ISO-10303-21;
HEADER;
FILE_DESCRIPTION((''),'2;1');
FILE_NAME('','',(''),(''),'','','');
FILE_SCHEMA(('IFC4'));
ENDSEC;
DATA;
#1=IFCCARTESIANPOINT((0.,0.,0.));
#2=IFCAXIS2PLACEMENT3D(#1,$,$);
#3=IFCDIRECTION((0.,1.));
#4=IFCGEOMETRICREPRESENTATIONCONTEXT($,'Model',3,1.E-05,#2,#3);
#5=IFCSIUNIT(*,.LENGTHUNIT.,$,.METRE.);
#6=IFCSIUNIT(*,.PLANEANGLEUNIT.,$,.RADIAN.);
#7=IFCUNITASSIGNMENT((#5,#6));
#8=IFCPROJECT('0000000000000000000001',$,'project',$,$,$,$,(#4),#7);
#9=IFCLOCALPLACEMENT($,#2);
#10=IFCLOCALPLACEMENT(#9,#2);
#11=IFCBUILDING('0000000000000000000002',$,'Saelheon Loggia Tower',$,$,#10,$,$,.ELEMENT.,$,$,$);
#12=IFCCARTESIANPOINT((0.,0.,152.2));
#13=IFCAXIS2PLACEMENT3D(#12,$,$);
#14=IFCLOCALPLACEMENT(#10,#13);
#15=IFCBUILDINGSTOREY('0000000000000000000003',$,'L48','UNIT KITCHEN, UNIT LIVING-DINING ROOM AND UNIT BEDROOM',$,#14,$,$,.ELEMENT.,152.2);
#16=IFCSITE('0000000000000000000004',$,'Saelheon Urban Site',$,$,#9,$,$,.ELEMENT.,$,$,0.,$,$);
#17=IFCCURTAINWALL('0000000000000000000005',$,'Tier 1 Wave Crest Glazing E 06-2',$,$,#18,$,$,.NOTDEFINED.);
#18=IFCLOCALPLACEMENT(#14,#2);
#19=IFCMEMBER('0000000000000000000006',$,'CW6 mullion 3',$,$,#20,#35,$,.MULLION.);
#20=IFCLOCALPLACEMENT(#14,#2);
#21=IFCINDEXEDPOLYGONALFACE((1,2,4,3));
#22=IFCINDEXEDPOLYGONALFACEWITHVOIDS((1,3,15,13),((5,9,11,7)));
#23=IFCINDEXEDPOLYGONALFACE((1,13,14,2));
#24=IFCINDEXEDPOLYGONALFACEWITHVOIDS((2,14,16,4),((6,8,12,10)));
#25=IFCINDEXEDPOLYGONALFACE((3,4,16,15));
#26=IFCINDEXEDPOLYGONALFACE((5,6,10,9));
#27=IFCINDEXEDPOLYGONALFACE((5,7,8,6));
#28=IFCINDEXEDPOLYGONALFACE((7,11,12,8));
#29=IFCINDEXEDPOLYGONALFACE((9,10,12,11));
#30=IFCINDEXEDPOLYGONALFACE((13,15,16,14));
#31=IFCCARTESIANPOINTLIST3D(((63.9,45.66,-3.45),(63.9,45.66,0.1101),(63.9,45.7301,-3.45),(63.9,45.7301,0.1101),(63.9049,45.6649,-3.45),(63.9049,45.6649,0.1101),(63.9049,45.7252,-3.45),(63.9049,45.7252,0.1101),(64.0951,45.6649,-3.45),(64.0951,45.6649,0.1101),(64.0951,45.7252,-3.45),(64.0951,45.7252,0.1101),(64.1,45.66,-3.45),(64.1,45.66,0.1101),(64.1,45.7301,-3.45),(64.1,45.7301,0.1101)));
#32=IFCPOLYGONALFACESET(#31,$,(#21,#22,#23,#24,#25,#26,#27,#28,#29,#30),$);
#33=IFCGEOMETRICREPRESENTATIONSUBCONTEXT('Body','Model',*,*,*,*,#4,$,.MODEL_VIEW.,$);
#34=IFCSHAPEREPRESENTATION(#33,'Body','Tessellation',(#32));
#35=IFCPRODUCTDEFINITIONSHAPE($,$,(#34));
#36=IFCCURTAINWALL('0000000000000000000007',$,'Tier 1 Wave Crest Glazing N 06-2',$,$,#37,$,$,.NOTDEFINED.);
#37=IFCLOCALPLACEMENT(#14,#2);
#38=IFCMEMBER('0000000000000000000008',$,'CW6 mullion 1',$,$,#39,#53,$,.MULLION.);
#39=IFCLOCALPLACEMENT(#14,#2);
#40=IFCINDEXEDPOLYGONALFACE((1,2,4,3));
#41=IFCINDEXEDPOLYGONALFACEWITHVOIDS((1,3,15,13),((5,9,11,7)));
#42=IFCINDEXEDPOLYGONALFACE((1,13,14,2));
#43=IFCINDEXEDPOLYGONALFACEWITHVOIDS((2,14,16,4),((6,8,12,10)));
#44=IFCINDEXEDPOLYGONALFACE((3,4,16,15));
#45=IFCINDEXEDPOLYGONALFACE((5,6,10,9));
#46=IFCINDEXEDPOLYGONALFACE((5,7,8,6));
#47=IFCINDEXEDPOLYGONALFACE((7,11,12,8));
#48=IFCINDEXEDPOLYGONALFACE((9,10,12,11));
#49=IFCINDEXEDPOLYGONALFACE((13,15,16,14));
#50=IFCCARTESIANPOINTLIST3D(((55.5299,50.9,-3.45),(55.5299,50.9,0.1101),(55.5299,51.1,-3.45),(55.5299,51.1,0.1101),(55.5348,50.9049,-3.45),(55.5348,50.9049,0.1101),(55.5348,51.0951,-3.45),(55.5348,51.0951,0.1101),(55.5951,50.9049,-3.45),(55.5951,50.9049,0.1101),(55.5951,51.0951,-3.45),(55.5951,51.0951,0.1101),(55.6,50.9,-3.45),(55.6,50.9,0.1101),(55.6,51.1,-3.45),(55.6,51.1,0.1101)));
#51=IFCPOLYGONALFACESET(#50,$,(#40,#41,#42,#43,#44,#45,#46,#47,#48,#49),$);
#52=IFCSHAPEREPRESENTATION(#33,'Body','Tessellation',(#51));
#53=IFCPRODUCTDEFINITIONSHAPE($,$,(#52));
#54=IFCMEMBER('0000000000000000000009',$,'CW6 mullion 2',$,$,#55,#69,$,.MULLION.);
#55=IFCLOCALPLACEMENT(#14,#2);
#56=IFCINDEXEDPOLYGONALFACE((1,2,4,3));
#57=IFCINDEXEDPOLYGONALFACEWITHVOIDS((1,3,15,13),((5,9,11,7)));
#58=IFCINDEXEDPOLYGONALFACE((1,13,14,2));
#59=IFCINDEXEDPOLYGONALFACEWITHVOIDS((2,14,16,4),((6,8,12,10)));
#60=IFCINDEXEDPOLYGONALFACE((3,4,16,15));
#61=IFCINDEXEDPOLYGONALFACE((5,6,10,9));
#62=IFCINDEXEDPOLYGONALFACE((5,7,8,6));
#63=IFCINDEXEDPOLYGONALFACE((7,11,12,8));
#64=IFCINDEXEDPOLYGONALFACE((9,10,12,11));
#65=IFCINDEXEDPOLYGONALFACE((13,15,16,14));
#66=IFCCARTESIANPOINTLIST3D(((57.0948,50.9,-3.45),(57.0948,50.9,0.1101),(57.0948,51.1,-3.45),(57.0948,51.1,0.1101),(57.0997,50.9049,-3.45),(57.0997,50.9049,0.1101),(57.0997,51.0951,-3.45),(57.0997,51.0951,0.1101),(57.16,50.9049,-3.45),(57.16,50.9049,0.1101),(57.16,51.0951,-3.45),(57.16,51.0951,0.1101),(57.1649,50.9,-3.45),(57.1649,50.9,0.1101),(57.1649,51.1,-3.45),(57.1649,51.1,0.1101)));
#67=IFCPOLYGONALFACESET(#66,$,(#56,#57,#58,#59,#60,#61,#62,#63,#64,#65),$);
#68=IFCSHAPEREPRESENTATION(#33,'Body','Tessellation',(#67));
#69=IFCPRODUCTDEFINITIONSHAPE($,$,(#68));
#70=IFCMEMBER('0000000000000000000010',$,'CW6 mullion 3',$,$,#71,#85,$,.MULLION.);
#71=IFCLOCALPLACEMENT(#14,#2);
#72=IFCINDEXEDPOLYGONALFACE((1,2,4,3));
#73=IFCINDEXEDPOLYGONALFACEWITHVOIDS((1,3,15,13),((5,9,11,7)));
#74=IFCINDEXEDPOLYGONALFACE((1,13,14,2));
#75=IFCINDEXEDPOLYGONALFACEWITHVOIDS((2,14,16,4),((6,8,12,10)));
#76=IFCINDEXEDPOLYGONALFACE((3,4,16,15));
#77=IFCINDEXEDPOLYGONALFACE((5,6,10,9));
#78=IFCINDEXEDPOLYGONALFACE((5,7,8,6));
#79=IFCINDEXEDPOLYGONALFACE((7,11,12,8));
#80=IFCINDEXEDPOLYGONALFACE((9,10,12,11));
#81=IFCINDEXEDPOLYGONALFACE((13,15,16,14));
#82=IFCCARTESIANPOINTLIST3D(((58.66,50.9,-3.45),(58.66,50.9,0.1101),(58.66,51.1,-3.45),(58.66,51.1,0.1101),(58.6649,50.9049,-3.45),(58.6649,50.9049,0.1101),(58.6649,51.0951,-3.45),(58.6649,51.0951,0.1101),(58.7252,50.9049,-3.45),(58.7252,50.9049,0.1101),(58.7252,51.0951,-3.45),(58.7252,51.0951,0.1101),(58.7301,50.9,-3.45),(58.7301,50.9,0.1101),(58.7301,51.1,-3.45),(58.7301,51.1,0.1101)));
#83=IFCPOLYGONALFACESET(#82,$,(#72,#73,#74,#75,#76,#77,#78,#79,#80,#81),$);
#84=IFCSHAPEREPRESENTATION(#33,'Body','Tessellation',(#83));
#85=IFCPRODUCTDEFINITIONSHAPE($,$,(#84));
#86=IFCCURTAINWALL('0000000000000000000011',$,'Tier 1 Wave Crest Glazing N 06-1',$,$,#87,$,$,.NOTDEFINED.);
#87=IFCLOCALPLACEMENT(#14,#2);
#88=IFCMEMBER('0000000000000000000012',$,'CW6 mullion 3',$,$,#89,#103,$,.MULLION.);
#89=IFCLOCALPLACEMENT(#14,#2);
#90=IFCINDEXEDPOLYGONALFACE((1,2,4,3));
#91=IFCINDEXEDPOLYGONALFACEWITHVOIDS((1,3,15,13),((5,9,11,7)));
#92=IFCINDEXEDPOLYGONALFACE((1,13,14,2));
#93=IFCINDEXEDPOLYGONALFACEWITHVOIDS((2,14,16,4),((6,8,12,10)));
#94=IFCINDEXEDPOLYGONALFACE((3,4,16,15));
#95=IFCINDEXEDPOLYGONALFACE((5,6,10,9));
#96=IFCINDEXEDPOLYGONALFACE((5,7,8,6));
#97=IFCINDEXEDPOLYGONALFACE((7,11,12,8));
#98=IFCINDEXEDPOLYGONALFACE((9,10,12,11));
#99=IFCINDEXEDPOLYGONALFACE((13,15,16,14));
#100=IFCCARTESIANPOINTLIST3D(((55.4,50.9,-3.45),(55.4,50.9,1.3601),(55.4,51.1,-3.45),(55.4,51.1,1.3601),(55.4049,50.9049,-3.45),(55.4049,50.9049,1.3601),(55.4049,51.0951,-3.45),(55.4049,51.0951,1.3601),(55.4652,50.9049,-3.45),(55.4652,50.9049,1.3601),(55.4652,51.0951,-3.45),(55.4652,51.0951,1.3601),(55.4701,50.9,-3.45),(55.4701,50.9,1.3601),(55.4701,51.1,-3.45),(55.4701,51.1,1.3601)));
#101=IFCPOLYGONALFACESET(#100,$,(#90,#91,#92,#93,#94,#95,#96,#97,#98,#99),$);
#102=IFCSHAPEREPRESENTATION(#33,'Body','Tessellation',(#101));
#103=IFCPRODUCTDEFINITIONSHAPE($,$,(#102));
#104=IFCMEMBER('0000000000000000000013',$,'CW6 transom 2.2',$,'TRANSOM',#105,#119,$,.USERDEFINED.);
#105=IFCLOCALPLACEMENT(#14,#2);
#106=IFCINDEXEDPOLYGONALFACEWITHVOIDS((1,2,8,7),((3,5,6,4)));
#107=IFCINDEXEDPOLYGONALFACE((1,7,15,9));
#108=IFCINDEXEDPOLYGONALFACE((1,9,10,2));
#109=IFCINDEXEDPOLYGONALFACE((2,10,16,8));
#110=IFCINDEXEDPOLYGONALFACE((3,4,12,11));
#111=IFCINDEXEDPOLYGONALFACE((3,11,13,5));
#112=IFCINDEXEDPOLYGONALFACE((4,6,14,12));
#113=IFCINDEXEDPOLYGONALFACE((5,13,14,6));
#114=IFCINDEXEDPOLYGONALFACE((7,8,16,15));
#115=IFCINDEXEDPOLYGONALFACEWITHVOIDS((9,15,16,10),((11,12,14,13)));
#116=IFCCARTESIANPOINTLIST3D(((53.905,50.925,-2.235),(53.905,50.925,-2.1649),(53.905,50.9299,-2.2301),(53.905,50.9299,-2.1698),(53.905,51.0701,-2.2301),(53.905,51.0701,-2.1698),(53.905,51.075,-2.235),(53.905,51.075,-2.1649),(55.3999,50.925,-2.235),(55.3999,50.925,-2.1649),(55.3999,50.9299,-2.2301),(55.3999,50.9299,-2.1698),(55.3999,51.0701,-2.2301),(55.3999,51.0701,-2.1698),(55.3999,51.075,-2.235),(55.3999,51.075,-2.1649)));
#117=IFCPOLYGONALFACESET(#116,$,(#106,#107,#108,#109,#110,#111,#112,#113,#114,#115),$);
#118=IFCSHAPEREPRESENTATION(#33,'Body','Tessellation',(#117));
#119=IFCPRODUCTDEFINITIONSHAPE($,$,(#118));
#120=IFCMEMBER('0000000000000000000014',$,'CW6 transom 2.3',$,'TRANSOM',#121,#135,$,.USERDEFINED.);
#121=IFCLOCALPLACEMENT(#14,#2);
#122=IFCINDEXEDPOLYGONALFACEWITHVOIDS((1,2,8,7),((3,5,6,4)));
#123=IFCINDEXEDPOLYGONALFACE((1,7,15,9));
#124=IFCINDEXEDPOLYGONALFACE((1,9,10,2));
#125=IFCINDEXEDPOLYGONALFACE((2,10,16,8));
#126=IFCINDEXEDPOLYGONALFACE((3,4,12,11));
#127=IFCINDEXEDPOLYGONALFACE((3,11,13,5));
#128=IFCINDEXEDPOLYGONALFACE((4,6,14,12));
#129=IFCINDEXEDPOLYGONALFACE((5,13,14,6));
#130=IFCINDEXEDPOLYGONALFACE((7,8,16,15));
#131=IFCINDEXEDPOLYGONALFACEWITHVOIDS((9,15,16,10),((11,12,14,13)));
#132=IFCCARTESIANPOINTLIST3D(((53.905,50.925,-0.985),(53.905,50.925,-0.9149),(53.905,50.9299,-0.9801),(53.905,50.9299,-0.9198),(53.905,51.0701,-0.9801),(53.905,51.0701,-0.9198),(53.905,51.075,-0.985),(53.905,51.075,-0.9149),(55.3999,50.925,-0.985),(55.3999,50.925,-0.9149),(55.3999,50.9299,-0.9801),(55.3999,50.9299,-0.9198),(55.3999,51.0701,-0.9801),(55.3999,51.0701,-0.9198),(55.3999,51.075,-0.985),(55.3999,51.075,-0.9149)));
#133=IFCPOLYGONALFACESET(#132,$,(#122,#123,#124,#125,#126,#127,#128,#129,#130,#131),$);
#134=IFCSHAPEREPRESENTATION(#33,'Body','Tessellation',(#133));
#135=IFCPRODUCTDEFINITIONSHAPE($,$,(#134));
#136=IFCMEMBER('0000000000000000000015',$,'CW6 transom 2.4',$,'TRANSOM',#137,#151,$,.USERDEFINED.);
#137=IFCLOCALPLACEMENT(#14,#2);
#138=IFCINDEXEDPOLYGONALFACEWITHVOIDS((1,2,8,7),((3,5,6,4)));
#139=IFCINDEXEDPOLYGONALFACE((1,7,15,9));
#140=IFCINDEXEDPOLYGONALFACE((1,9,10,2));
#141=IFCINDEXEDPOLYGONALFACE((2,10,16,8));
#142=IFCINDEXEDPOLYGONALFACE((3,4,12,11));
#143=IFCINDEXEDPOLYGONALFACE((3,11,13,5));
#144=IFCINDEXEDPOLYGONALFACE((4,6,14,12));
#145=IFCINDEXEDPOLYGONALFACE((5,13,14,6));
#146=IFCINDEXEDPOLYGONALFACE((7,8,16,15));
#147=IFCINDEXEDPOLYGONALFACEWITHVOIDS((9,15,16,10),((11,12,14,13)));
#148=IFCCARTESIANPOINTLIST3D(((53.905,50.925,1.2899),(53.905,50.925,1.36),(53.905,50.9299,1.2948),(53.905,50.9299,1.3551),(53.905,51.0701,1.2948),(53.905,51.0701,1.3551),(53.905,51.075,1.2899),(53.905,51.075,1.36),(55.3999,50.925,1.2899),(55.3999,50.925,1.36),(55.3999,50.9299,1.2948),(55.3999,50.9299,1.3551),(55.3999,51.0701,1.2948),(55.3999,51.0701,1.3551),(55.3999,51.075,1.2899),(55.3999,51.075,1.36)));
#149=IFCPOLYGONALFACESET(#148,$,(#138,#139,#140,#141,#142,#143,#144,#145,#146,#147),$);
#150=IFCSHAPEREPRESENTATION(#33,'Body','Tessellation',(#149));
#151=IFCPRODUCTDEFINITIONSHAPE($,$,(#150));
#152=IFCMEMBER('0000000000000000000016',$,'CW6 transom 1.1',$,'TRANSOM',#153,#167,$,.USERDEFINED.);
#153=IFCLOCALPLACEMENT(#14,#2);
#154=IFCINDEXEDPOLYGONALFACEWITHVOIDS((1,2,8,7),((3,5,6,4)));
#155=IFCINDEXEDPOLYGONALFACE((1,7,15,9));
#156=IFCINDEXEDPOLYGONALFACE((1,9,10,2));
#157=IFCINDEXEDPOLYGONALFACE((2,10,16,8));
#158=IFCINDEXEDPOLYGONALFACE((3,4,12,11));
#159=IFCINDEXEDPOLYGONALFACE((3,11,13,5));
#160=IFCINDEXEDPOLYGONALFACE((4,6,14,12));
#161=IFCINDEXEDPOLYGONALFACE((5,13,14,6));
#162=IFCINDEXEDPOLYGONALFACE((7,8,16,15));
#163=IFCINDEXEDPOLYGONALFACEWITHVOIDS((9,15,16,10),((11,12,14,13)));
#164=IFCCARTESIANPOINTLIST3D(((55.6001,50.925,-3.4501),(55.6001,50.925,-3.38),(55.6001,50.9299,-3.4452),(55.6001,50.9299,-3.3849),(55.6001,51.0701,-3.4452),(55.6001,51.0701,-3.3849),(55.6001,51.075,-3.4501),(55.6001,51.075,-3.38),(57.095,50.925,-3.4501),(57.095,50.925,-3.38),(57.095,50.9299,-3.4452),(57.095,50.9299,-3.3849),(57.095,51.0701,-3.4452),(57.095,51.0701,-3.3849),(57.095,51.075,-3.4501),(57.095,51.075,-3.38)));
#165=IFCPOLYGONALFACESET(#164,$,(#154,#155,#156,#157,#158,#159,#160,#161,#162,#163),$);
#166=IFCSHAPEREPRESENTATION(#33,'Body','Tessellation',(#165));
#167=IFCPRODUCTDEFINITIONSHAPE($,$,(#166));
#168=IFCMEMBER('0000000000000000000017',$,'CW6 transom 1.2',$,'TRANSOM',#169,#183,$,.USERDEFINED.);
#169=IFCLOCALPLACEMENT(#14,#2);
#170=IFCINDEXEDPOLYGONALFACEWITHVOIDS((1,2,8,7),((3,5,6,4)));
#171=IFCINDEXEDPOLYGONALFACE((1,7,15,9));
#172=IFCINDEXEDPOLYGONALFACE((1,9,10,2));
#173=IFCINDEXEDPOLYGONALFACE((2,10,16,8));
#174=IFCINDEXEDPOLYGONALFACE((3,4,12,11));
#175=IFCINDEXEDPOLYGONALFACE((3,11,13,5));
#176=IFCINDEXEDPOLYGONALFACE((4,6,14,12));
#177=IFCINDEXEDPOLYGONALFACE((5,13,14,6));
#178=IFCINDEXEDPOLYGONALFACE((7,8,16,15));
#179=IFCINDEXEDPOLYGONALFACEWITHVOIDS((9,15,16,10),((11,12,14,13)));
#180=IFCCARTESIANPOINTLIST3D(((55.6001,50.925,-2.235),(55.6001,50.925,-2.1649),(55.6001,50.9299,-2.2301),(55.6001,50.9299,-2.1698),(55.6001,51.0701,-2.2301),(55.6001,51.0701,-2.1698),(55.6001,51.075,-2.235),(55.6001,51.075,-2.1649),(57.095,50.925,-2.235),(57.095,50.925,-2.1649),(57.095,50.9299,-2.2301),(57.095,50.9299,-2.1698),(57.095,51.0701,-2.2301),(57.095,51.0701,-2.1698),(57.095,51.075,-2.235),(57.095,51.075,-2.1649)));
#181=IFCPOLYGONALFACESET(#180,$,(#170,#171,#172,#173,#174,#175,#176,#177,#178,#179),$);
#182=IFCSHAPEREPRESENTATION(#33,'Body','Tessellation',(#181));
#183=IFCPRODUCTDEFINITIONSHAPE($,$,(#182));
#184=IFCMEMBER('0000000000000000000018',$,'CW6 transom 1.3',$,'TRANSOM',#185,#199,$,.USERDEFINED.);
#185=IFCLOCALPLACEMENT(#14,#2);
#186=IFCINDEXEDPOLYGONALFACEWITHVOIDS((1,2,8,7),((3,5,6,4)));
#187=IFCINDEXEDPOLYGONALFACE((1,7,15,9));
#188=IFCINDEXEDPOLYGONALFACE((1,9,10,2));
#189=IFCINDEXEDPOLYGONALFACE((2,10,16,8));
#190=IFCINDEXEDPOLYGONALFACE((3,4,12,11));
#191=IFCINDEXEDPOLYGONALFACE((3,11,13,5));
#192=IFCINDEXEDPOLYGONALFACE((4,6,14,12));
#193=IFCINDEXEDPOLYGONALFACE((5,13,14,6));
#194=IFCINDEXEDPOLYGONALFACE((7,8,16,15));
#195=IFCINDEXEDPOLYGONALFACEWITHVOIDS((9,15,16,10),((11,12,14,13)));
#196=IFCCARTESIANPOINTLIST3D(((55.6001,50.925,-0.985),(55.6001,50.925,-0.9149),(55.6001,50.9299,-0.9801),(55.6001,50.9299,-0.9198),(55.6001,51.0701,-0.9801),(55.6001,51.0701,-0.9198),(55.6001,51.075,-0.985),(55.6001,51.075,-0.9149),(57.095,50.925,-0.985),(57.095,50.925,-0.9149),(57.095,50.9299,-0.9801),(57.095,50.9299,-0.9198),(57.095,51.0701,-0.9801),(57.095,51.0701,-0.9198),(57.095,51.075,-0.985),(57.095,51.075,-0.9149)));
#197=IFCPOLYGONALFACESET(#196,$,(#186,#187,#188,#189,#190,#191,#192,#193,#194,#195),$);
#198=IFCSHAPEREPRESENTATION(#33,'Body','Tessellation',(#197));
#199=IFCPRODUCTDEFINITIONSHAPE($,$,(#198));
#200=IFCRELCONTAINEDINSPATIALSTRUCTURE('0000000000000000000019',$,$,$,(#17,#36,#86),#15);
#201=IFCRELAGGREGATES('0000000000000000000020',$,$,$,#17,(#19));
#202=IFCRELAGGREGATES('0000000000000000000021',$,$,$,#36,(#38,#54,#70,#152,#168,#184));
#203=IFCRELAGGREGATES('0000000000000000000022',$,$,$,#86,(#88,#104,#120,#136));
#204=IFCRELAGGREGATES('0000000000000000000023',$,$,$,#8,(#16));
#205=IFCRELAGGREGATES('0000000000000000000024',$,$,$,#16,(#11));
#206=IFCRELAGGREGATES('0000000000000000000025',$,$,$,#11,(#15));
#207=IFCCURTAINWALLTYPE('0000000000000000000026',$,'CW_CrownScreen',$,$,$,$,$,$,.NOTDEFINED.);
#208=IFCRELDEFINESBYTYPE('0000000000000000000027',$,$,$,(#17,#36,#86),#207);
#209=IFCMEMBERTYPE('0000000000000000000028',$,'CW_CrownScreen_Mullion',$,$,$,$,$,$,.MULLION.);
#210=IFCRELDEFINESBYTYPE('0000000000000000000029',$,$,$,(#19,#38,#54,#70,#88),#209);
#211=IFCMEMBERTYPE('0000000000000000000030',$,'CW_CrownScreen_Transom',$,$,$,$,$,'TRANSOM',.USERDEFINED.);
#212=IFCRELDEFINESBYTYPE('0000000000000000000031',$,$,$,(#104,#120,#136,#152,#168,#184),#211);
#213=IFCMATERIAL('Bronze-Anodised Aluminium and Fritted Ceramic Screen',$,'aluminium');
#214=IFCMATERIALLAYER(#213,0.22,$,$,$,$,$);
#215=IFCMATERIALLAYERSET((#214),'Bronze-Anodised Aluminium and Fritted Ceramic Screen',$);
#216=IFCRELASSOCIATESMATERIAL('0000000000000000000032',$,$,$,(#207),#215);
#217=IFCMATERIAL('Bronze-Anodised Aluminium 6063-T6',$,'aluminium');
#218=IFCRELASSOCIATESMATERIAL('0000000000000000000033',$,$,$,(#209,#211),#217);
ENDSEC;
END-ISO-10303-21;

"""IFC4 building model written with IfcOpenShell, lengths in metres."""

from ifc_helpers import new_model, si_unit, direction, frame, origin, origin_2d, place, context, subcontext, project, spatial, hollow_rectangle, extrude, source, transform, mapped, material, layer, layer_set, material_profile, profile_set, type_object, element, aggregate, save


model = new_model("IFC4")

# Units and contexts
model_context = context("Model", 3, precision=1e-05, world=origin(), true_north=direction((0.0, 1.0)))
body_context = subcontext(model_context, "Body", "Model", "MODEL_VIEW")
ifc_project = project(units=[si_unit("LENGTHUNIT", "METRE"), si_unit("PLANEANGLEUNIT", "RADIAN")], contexts=[model_context])

# Site, building, storey
site_placement = place(None, origin())
site = spatial("IfcSite", under=ifc_project, at=site_placement, Name="Saelheon Urban Site", CompositionType="ELEMENT", RefElevation=0.0)
building_placement = place(site_placement, origin())
building = spatial("IfcBuilding", under=site, at=building_placement, Name="Saelheon Loggia Tower", CompositionType="ELEMENT")
storey_placement = place(building_placement, frame((0.0, 0.0, 152.2)))
storey = spatial("IfcBuildingStorey", under=building, at=storey_placement, Name="L48", Description="UNIT KITCHEN, UNIT LIVING-DINING ROOM AND UNIT BEDROOM", CompositionType="ELEMENT", Elevation=152.2)

# Curtain wall, member
ifc_material_1 = material(Name="Bronze-Anodised Aluminium and Fritted Ceramic Screen", Category="aluminium")
ifc_layer_1 = layer(ifc_material_1, 0.22)
ifc_layer_set_1 = layer_set([ifc_layer_1], Name="Bronze-Anodised Aluminium and Fritted Ceramic Screen")
curtain_wall_type = type_object("IfcCurtainWallType", Name="CW_CrownScreen", PredefinedType="NOTDEFINED", material=ifc_layer_set_1)
curtain_wall_1_placement = place(storey_placement, origin())
curtain_wall_1 = element("IfcCurtainWall", 1, at=curtain_wall_1_placement, inside=storey, type_object=curtain_wall_type, Name="Tier 1 Wave Crest Glazing E 06-2", PredefinedType="NOTDEFINED")
ifc_material_2 = material(Name="Bronze-Anodised Aluminium 6063-T6", Category="aluminium")
ifc_material_profile_1 = material_profile(ifc_material_2, hollow_rectangle(XDim=0.0701, YDim=0.2, WallThickness=0.0049, at=origin_2d()), Name="RHS-200x70x5")
ifc_profile_set_1 = profile_set([ifc_material_profile_1], Name="Bronze-Anodised Aluminium 6063-T6")
member_type_1 = type_object("IfcMemberType", Name="CW_CrownScreen_Mullion", PredefinedType="MULLION", material=ifc_profile_set_1)
shared_shape_1 = source(origin(), body_context, "Body", "SweptSolid", [
    extrude(hollow_rectangle(XDim=0.0701, YDim=0.2, WallThickness=0.0049, at=origin_2d()), origin(), (0.0, 0.0, 1.0), 3.5601),
])
member_1_placement = place(storey_placement, frame((64.0, 45.6951, -3.45), z_axis=(0.0, 0.0, 1.0), x_axis=(0.0, 1.0, 0.0)))
member_1 = element("IfcMember", 2, at=member_1_placement, type_object=member_type_1, Name="CW6 mullion 3", PredefinedType="MULLION", context=body_context, shape_type="MappedRepresentation", body=[
    mapped(shared_shape_1, transform((0.0, 0.0, 0.0), scale=1.0)),
])

# Curtain walls, members
curtain_wall_2_placement = place(storey_placement, origin())
curtain_wall_2 = element("IfcCurtainWall", 3, at=curtain_wall_2_placement, inside=storey, type_object=curtain_wall_type, Name="Tier 1 Wave Crest Glazing N 06-2", PredefinedType="NOTDEFINED")
member_2_placement = place(storey_placement, frame((55.5649, 51.0, -3.45), z_axis=(0.0, 0.0, 1.0), x_axis=(1.0, 0.0, 0.0)))
member_2 = element("IfcMember", 4, at=member_2_placement, type_object=member_type_1, Name="CW6 mullion 1", PredefinedType="MULLION", context=body_context, shape_type="MappedRepresentation", body=[
    mapped(shared_shape_1, transform((0.0, 0.0, 0.0), scale=1.0)),
])
member_3_placement = place(storey_placement, frame((57.1299, 51.0, -3.45), z_axis=(0.0, 0.0, 1.0), x_axis=(1.0, 0.0, 0.0)))
member_3 = element("IfcMember", 5, at=member_3_placement, type_object=member_type_1, Name="CW6 mullion 2", PredefinedType="MULLION", context=body_context, shape_type="MappedRepresentation", body=[
    mapped(shared_shape_1, transform((0.0, 0.0, 0.0), scale=1.0)),
])
member_4_placement = place(storey_placement, frame((58.6951, 51.0, -3.45), z_axis=(0.0, 0.0, 1.0), x_axis=(1.0, 0.0, 0.0)))
member_4 = element("IfcMember", 6, at=member_4_placement, type_object=member_type_1, Name="CW6 mullion 3", PredefinedType="MULLION", context=body_context, shape_type="MappedRepresentation", body=[
    mapped(shared_shape_1, transform((0.0, 0.0, 0.0), scale=1.0)),
])
curtain_wall_3_placement = place(storey_placement, origin())
curtain_wall_3 = element("IfcCurtainWall", 7, at=curtain_wall_3_placement, inside=storey, type_object=curtain_wall_type, Name="Tier 1 Wave Crest Glazing N 06-1", PredefinedType="NOTDEFINED")
shared_shape_2 = source(origin(), body_context, "Body", "SweptSolid", [
    extrude(hollow_rectangle(XDim=0.0701, YDim=0.2, WallThickness=0.0049, at=origin_2d()), origin(), (0.0, 0.0, 1.0), 4.8101),
])
member_5_placement = place(storey_placement, frame((55.4351, 51.0, -3.45), z_axis=(0.0, 0.0, 1.0), x_axis=(1.0, 0.0, 0.0)))
member_5 = element("IfcMember", 8, at=member_5_placement, type_object=member_type_1, Name="CW6 mullion 3", PredefinedType="MULLION", context=body_context, shape_type="MappedRepresentation", body=[
    mapped(shared_shape_2, transform((0.0, 0.0, 0.0), scale=1.0)),
])
ifc_material_profile_2 = material_profile(ifc_material_2, hollow_rectangle(XDim=0.0701, YDim=0.1499, WallThickness=0.0049, at=origin_2d()), Name="RHS-150x70x5")
ifc_profile_set_2 = profile_set([ifc_material_profile_2], Name="Bronze-Anodised Aluminium 6063-T6")
member_type_2 = type_object("IfcMemberType", Name="CW_CrownScreen_Transom", ElementType="TRANSOM", PredefinedType="USERDEFINED", material=ifc_profile_set_2)
shared_shape_3 = source(origin(), body_context, "Body", "SweptSolid", [
    extrude(hollow_rectangle(XDim=0.0701, YDim=0.1499, WallThickness=0.0049, at=origin_2d()), origin(), (0.0, 0.0, 1.0), 1.4949),
])
member_6_placement = place(storey_placement, frame((53.905, 51.0, -2.2), z_axis=(1.0, 0.0, 0.0), x_axis=(0.0, 0.0, 1.0)))
member_6 = element("IfcMember", 9, at=member_6_placement, type_object=member_type_2, Name="CW6 transom 2.2", ObjectType="TRANSOM", PredefinedType="USERDEFINED", context=body_context, shape_type="MappedRepresentation", body=[
    mapped(shared_shape_3, transform((0.0, 0.0, 0.0), scale=1.0)),
])
member_7_placement = place(storey_placement, frame((53.905, 51.0, -0.95), z_axis=(1.0, 0.0, 0.0), x_axis=(0.0, 0.0, 1.0)))
member_7 = element("IfcMember", 10, at=member_7_placement, type_object=member_type_2, Name="CW6 transom 2.3", ObjectType="TRANSOM", PredefinedType="USERDEFINED", context=body_context, shape_type="MappedRepresentation", body=[
    mapped(shared_shape_3, transform((0.0, 0.0, 0.0), scale=1.0)),
])
member_8_placement = place(storey_placement, frame((53.905, 51.0, 1.325), z_axis=(1.0, 0.0, 0.0), x_axis=(0.0, 0.0, 1.0)))
member_8 = element("IfcMember", 11, at=member_8_placement, type_object=member_type_2, Name="CW6 transom 2.4", ObjectType="TRANSOM", PredefinedType="USERDEFINED", context=body_context, shape_type="MappedRepresentation", body=[
    mapped(shared_shape_3, transform((0.0, 0.0, 0.0), scale=1.0)),
])

# Members
member_9_placement = place(storey_placement, frame((55.6001, 51.0, -3.415), z_axis=(1.0, 0.0, 0.0), x_axis=(0.0, 0.0, 1.0)))
member_9 = element("IfcMember", 12, at=member_9_placement, type_object=member_type_2, Name="CW6 transom 1.1", ObjectType="TRANSOM", PredefinedType="USERDEFINED", context=body_context, shape_type="MappedRepresentation", body=[
    mapped(shared_shape_3, transform((0.0, 0.0, 0.0), scale=1.0)),
])
member_10_placement = place(storey_placement, frame((55.6001, 51.0, -2.2), z_axis=(1.0, 0.0, 0.0), x_axis=(0.0, 0.0, 1.0)))
member_10 = element("IfcMember", 13, at=member_10_placement, type_object=member_type_2, Name="CW6 transom 1.2", ObjectType="TRANSOM", PredefinedType="USERDEFINED", context=body_context, shape_type="MappedRepresentation", body=[
    mapped(shared_shape_3, transform((0.0, 0.0, 0.0), scale=1.0)),
])
member_11_placement = place(storey_placement, frame((55.6001, 51.0, -0.95), z_axis=(1.0, 0.0, 0.0), x_axis=(0.0, 0.0, 1.0)))
member_11 = element("IfcMember", 14, at=member_11_placement, type_object=member_type_2, Name="CW6 transom 1.3", ObjectType="TRANSOM", PredefinedType="USERDEFINED", context=body_context, shape_type="MappedRepresentation", body=[
    mapped(shared_shape_3, transform((0.0, 0.0, 0.0), scale=1.0)),
])

aggregate(curtain_wall_1, [member_1])
aggregate(curtain_wall_2, [member_2, member_3, member_4, member_9, member_10, member_11])
aggregate(curtain_wall_3, [member_5, member_6, member_7, member_8])

save(model, "model.ifc")
